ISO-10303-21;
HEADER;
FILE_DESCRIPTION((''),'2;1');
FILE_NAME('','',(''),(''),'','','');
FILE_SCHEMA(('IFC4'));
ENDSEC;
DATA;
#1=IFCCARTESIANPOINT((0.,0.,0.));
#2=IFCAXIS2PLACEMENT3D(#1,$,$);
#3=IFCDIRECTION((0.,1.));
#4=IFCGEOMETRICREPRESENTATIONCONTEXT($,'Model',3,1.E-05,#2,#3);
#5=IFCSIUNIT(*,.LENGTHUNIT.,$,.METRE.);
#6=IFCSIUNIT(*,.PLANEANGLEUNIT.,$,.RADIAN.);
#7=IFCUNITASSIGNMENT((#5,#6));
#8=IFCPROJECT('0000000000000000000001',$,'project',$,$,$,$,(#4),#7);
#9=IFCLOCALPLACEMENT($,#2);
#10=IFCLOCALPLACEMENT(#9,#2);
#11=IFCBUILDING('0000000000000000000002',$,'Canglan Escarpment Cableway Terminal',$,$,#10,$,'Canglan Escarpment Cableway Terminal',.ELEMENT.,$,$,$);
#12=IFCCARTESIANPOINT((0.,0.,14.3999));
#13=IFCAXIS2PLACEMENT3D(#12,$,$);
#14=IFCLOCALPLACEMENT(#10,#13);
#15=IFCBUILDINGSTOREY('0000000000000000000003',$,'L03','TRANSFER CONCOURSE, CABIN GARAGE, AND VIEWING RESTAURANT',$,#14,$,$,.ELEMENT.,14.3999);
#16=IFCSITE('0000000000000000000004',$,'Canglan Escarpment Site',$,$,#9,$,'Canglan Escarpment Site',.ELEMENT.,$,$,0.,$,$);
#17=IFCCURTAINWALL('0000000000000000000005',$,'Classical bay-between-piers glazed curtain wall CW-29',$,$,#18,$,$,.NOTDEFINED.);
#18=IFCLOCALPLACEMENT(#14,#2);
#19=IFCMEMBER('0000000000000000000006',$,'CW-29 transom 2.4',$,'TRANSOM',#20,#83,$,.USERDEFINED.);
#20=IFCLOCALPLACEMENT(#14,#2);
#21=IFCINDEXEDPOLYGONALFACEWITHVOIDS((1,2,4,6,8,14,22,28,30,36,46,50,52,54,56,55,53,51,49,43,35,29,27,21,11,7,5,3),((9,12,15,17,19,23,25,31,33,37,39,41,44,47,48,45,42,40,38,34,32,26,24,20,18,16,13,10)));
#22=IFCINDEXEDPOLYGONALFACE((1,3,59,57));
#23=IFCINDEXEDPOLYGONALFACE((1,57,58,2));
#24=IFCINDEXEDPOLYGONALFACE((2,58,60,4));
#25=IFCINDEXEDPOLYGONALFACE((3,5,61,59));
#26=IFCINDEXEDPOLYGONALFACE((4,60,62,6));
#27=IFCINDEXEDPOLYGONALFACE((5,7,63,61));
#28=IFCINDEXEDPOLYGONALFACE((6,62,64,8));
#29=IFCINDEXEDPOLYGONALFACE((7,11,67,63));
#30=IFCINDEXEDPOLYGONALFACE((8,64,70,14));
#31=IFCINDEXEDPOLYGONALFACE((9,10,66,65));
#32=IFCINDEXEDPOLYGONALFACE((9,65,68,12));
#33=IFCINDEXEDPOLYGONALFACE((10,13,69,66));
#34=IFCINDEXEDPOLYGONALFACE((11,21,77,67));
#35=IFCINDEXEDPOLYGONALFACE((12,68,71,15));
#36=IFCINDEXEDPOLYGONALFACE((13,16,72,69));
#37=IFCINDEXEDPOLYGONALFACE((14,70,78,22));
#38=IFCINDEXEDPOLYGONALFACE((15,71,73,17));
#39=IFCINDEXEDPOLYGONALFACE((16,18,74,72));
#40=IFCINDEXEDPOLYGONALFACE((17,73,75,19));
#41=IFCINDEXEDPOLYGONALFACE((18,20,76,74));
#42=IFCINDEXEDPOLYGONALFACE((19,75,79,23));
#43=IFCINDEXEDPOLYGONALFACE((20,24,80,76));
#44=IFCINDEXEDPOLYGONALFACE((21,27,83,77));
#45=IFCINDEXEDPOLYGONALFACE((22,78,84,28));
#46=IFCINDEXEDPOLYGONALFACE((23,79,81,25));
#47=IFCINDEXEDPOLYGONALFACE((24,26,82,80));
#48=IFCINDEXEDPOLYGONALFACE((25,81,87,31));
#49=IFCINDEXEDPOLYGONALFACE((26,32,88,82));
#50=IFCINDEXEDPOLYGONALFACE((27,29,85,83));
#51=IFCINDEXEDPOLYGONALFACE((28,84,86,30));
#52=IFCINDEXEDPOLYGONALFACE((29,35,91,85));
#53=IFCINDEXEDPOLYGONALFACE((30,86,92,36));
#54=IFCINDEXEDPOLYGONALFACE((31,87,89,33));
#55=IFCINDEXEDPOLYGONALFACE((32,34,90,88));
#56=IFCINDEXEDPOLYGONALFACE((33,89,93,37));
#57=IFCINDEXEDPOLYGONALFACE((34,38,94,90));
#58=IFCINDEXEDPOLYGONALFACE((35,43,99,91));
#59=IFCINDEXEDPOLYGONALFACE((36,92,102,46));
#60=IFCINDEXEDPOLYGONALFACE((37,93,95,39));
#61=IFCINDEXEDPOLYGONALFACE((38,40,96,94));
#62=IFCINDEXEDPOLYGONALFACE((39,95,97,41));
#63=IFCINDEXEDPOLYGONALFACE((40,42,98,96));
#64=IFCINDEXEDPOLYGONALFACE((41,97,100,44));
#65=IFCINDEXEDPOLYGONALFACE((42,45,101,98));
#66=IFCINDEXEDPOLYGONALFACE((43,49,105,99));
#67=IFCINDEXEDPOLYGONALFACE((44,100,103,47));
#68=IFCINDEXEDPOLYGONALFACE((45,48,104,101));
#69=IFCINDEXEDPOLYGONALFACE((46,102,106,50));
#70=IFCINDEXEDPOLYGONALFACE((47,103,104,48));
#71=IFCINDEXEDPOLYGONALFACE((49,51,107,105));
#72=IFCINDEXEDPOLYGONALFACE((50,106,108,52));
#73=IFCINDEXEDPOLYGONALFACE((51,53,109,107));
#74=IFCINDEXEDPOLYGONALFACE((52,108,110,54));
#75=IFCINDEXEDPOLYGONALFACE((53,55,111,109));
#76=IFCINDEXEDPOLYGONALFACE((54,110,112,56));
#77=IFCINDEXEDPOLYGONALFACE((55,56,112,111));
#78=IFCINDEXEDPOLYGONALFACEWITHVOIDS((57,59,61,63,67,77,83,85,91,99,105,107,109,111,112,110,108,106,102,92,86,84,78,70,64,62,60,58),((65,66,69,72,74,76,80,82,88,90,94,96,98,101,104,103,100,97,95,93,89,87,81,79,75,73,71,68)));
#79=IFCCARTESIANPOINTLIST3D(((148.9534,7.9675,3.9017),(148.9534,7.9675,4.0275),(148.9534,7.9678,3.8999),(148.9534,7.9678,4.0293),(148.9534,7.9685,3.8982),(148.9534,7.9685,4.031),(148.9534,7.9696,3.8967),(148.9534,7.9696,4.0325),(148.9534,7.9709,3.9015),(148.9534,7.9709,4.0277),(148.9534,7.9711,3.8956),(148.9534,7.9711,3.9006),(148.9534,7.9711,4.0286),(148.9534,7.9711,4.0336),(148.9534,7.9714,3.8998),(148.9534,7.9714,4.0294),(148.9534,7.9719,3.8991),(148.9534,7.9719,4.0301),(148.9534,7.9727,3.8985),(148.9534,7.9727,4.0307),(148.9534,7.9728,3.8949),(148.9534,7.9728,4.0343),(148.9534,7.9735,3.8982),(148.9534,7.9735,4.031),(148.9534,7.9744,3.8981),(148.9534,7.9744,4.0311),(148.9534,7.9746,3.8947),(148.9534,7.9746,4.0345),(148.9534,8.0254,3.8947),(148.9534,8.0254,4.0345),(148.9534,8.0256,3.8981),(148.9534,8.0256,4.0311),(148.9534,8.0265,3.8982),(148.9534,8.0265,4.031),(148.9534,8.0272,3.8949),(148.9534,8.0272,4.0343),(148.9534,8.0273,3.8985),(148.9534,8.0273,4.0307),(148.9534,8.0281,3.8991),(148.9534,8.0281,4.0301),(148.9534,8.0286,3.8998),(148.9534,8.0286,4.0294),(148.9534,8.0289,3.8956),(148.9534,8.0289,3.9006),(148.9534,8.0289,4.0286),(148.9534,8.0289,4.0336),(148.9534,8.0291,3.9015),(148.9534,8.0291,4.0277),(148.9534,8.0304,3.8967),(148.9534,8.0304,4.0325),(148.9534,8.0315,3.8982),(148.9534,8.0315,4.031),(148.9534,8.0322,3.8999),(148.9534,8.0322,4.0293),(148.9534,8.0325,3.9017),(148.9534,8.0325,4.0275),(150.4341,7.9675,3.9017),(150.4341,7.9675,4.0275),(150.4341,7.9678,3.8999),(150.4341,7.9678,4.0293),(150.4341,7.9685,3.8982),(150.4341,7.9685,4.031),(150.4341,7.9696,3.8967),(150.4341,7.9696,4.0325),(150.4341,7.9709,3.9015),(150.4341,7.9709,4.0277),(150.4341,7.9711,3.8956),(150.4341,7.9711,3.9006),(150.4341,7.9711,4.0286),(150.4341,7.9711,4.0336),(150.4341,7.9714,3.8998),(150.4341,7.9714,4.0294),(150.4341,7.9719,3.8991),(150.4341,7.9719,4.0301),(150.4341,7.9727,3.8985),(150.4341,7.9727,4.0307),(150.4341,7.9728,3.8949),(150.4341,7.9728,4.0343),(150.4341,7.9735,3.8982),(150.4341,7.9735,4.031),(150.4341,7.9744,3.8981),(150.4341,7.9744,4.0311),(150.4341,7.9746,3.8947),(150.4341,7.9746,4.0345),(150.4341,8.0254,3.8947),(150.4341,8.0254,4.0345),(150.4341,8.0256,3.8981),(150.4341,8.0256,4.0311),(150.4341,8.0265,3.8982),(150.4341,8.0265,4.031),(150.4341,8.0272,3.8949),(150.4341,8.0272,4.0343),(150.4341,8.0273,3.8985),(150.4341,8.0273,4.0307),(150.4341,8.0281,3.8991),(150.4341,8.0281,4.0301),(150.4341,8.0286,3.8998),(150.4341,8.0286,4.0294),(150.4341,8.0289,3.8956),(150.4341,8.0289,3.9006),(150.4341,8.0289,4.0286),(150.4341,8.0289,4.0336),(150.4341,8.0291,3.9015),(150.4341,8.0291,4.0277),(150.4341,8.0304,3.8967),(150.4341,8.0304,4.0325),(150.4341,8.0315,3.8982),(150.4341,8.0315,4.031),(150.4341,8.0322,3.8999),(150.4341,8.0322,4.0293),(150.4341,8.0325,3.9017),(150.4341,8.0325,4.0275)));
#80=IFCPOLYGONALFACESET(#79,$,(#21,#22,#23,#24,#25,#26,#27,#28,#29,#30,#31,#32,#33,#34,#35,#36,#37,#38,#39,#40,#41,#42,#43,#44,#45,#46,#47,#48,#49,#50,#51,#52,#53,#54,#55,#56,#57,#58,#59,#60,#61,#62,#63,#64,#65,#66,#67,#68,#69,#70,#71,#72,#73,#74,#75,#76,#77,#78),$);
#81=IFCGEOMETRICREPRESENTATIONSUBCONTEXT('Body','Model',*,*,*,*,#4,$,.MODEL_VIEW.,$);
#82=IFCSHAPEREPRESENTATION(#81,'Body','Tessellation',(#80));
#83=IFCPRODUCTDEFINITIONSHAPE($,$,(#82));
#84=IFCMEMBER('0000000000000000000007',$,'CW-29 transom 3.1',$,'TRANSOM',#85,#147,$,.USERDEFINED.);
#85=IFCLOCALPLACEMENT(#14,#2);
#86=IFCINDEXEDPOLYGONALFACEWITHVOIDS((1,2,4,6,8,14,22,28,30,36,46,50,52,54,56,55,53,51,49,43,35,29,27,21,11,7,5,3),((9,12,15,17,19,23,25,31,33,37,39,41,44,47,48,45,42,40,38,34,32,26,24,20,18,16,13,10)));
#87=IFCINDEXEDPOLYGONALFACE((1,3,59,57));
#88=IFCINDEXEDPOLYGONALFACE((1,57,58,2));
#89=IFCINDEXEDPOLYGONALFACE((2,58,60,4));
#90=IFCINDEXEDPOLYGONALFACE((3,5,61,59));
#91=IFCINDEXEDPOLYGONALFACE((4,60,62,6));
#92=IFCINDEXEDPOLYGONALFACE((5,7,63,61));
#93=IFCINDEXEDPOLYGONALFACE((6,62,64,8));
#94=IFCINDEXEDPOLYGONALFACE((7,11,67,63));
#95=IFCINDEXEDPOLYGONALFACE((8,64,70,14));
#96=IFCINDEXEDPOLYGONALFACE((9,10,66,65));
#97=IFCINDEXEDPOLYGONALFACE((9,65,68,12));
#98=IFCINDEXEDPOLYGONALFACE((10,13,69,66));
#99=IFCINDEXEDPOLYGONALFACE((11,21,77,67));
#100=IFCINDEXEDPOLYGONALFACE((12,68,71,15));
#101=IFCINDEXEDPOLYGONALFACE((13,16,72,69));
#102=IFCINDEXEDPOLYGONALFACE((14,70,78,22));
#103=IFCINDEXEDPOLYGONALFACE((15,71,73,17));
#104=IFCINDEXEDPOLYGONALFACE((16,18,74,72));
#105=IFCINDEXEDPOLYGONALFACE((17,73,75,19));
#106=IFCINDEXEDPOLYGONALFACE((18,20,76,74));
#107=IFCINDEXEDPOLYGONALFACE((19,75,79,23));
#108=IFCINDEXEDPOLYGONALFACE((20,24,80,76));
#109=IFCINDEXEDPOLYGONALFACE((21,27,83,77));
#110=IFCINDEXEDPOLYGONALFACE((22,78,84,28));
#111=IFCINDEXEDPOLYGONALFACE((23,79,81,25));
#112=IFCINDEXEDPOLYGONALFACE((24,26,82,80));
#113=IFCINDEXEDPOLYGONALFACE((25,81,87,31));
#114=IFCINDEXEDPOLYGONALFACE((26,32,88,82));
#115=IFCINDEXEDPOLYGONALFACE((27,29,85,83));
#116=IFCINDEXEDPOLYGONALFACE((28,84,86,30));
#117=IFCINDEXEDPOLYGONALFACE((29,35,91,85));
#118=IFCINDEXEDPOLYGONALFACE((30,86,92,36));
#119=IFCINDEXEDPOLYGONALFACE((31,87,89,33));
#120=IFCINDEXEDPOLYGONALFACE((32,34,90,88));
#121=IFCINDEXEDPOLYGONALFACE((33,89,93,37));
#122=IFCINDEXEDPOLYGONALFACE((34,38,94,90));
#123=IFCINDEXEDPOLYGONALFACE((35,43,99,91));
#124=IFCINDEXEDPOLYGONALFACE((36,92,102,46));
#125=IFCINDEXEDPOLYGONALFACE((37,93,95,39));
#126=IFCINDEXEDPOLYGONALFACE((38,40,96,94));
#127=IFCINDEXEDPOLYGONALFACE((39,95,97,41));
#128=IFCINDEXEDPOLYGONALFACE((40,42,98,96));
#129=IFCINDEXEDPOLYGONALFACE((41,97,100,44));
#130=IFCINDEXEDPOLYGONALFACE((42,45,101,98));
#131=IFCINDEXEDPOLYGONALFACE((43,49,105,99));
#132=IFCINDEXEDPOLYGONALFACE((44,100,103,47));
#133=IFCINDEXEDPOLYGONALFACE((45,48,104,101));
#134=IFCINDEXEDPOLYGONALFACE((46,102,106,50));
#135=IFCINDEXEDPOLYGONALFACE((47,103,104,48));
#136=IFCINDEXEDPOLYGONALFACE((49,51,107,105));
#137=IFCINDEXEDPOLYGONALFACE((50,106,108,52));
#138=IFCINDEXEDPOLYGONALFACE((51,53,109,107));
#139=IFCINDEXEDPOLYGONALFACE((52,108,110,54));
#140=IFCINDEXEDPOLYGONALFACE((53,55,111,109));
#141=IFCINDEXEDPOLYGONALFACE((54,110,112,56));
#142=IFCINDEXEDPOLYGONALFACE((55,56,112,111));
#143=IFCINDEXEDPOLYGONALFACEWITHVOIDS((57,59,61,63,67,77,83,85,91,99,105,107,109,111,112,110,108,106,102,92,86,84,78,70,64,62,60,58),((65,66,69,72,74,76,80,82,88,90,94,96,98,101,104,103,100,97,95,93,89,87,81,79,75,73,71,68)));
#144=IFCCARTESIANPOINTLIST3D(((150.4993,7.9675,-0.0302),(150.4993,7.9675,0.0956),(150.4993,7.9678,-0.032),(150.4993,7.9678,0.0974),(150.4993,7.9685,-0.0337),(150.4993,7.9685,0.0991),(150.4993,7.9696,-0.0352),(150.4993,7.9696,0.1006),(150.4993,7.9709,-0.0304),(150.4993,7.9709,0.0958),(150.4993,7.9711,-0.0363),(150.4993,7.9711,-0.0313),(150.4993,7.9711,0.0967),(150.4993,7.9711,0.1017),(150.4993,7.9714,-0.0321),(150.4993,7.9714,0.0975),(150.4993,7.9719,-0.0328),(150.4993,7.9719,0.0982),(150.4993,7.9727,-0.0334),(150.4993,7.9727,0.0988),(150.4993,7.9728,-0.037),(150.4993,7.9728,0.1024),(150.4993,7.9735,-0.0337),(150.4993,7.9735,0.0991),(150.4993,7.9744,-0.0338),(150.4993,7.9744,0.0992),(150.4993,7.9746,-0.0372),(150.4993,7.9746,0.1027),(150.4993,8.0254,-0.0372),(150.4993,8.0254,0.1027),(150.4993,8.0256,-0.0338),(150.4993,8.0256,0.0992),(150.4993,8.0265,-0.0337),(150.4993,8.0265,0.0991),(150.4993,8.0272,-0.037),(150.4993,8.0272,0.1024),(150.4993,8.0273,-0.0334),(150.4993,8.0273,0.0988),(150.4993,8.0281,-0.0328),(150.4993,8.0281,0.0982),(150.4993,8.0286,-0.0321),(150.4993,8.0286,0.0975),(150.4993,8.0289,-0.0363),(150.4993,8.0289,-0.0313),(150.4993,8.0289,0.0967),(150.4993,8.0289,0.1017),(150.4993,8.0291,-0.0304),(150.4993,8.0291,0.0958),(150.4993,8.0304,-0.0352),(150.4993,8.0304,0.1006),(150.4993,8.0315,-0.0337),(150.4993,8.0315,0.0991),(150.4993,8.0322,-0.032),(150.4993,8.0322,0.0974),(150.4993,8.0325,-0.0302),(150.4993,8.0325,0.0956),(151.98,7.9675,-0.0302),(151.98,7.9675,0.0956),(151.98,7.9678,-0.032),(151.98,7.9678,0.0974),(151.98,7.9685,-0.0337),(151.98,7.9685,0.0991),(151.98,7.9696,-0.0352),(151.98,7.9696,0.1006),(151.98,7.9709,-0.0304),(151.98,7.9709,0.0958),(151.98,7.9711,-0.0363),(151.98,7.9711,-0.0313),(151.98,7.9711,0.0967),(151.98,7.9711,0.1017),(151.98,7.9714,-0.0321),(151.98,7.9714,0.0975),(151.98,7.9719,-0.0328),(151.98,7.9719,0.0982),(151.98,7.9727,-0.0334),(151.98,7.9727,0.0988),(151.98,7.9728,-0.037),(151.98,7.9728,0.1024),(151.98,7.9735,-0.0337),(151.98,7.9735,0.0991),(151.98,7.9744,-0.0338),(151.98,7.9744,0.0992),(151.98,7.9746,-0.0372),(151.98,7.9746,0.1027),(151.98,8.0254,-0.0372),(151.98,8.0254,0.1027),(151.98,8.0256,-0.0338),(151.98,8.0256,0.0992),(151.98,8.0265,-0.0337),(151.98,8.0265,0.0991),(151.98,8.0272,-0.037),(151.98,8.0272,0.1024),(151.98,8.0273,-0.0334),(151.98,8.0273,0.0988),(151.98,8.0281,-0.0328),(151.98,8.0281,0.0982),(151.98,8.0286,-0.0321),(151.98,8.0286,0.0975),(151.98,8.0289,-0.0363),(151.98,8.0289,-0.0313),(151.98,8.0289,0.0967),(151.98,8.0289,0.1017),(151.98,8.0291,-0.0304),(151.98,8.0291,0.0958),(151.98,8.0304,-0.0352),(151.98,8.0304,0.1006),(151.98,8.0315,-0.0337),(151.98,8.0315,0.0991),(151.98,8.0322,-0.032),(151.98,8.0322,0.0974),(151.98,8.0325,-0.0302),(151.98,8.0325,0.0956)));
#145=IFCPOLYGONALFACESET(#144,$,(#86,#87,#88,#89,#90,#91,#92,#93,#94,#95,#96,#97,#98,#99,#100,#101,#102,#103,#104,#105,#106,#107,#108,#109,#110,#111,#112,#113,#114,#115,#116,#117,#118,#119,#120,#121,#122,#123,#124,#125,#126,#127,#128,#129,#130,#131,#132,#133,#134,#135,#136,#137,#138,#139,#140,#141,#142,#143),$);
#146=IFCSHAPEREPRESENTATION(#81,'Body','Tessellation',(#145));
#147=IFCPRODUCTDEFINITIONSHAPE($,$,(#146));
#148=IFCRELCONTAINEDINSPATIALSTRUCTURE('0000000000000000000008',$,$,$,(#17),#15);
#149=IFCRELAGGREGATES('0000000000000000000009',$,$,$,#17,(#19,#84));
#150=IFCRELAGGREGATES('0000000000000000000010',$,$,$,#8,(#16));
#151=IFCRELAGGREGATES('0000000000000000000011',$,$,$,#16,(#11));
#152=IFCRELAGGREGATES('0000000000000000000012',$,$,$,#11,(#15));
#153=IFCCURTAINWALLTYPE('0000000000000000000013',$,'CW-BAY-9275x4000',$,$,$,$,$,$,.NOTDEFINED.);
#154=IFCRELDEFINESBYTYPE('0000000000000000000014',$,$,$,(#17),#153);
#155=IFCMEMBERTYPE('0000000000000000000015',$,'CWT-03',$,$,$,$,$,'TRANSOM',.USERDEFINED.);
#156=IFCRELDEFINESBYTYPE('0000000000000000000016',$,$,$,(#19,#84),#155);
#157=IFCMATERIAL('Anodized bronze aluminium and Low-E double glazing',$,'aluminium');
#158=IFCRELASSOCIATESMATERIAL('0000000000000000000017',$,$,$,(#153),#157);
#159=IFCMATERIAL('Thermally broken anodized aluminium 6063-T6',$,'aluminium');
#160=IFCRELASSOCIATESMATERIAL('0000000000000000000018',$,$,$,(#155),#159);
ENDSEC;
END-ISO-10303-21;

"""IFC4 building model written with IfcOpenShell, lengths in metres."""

from ifc_helpers import new_model, si_unit, direction, frame, origin, origin_2d, place, context, subcontext, project, spatial, hollow_rectangle, extrude, material, material_profile, profile_set, type_object, element, aggregate, save


model = new_model("IFC4")

# Units and contexts
model_context = context("Model", 3, precision=1e-05, world=origin(), true_north=direction((0.0, 1.0)))
body_context = subcontext(model_context, "Body", "Model", "MODEL_VIEW")
ifc_project = project(units=[si_unit("LENGTHUNIT", "METRE"), si_unit("PLANEANGLEUNIT", "RADIAN")], contexts=[model_context])

# Site, building, storey
site_placement = place(None, origin())
site = spatial("IfcSite", under=ifc_project, at=site_placement, Name="Canglan Escarpment Site", LongName="Canglan Escarpment Site", CompositionType="ELEMENT", RefElevation=0.0)
building_placement = place(site_placement, origin())
building = spatial("IfcBuilding", under=site, at=building_placement, Name="Canglan Escarpment Cableway Terminal", LongName="Canglan Escarpment Cableway Terminal", CompositionType="ELEMENT")
storey_placement = place(building_placement, frame((0.0, 0.0, 14.3999)))
storey = spatial("IfcBuildingStorey", under=building, at=storey_placement, Name="L03", Description="TRANSFER CONCOURSE, CABIN GARAGE, AND VIEWING RESTAURANT", CompositionType="ELEMENT", Elevation=14.3999)

# Curtain wall, members
ifc_material_1 = material(Name="Anodized bronze aluminium and Low-E double glazing", Category="aluminium")
curtain_wall_type = type_object("IfcCurtainWallType", Name="CW-BAY-9275x4000", PredefinedType="NOTDEFINED", material=ifc_material_1)
curtain_wall_placement = place(storey_placement, origin())
curtain_wall = element("IfcCurtainWall", 1, at=curtain_wall_placement, inside=storey, type_object=curtain_wall_type, Name="Classical bay-between-piers glazed curtain wall CW-29", PredefinedType="NOTDEFINED")
ifc_material_2 = material(Name="Thermally broken anodized aluminium 6063-T6", Category="aluminium")
ifc_material_profile_1 = material_profile(ifc_material_2, hollow_rectangle(XDim=0.0649, YDim=0.1399, WallThickness=0.0034, InnerFilletRadius=0.0034, OuterFilletRadius=0.0071, at=origin_2d()), Name="ALU-TRAN 65x140x3.5")
ifc_profile_set_1 = profile_set([ifc_material_profile_1], Name="Thermally broken anodized aluminium 6063-T6")
member_type_1 = type_object("IfcMemberType", Name="CWT-03", ElementType="TRANSOM", PredefinedType="USERDEFINED", material=ifc_profile_set_1)
member_1_placement = place(storey_placement, frame((148.9534, 8.0, 3.9646), z_axis=(1.0, 0.0, 0.0), x_axis=(0.0, 1.0, 0.0)))
member_1 = element("IfcMember", 2, at=member_1_placement, type_object=member_type_1, Name="CW-29 transom 2.4", ObjectType="TRANSOM", PredefinedType="USERDEFINED", context=body_context, shape_type="SweptSolid", body=[
    extrude(hollow_rectangle(XDim=0.0649, YDim=0.1399, WallThickness=0.0034, InnerFilletRadius=0.0034, OuterFilletRadius=0.0071, at=origin_2d()), origin(), (0.0, 0.0, 1.0), 1.4807),
])
member_2_placement = place(storey_placement, frame((150.4993, 8.0, 0.0327), z_axis=(1.0, 0.0, 0.0), x_axis=(0.0, 1.0, 0.0)))
member_2 = element("IfcMember", 3, at=member_2_placement, type_object=member_type_1, Name="CW-29 transom 3.1", ObjectType="TRANSOM", PredefinedType="USERDEFINED", context=body_context, shape_type="SweptSolid", body=[
    extrude(hollow_rectangle(XDim=0.0649, YDim=0.1399, WallThickness=0.0034, InnerFilletRadius=0.0034, OuterFilletRadius=0.0071, at=origin_2d()), origin(), (0.0, 0.0, 1.0), 1.4807),
])
aggregate(curtain_wall, [member_1, member_2])

save(model, "model.ifc")
